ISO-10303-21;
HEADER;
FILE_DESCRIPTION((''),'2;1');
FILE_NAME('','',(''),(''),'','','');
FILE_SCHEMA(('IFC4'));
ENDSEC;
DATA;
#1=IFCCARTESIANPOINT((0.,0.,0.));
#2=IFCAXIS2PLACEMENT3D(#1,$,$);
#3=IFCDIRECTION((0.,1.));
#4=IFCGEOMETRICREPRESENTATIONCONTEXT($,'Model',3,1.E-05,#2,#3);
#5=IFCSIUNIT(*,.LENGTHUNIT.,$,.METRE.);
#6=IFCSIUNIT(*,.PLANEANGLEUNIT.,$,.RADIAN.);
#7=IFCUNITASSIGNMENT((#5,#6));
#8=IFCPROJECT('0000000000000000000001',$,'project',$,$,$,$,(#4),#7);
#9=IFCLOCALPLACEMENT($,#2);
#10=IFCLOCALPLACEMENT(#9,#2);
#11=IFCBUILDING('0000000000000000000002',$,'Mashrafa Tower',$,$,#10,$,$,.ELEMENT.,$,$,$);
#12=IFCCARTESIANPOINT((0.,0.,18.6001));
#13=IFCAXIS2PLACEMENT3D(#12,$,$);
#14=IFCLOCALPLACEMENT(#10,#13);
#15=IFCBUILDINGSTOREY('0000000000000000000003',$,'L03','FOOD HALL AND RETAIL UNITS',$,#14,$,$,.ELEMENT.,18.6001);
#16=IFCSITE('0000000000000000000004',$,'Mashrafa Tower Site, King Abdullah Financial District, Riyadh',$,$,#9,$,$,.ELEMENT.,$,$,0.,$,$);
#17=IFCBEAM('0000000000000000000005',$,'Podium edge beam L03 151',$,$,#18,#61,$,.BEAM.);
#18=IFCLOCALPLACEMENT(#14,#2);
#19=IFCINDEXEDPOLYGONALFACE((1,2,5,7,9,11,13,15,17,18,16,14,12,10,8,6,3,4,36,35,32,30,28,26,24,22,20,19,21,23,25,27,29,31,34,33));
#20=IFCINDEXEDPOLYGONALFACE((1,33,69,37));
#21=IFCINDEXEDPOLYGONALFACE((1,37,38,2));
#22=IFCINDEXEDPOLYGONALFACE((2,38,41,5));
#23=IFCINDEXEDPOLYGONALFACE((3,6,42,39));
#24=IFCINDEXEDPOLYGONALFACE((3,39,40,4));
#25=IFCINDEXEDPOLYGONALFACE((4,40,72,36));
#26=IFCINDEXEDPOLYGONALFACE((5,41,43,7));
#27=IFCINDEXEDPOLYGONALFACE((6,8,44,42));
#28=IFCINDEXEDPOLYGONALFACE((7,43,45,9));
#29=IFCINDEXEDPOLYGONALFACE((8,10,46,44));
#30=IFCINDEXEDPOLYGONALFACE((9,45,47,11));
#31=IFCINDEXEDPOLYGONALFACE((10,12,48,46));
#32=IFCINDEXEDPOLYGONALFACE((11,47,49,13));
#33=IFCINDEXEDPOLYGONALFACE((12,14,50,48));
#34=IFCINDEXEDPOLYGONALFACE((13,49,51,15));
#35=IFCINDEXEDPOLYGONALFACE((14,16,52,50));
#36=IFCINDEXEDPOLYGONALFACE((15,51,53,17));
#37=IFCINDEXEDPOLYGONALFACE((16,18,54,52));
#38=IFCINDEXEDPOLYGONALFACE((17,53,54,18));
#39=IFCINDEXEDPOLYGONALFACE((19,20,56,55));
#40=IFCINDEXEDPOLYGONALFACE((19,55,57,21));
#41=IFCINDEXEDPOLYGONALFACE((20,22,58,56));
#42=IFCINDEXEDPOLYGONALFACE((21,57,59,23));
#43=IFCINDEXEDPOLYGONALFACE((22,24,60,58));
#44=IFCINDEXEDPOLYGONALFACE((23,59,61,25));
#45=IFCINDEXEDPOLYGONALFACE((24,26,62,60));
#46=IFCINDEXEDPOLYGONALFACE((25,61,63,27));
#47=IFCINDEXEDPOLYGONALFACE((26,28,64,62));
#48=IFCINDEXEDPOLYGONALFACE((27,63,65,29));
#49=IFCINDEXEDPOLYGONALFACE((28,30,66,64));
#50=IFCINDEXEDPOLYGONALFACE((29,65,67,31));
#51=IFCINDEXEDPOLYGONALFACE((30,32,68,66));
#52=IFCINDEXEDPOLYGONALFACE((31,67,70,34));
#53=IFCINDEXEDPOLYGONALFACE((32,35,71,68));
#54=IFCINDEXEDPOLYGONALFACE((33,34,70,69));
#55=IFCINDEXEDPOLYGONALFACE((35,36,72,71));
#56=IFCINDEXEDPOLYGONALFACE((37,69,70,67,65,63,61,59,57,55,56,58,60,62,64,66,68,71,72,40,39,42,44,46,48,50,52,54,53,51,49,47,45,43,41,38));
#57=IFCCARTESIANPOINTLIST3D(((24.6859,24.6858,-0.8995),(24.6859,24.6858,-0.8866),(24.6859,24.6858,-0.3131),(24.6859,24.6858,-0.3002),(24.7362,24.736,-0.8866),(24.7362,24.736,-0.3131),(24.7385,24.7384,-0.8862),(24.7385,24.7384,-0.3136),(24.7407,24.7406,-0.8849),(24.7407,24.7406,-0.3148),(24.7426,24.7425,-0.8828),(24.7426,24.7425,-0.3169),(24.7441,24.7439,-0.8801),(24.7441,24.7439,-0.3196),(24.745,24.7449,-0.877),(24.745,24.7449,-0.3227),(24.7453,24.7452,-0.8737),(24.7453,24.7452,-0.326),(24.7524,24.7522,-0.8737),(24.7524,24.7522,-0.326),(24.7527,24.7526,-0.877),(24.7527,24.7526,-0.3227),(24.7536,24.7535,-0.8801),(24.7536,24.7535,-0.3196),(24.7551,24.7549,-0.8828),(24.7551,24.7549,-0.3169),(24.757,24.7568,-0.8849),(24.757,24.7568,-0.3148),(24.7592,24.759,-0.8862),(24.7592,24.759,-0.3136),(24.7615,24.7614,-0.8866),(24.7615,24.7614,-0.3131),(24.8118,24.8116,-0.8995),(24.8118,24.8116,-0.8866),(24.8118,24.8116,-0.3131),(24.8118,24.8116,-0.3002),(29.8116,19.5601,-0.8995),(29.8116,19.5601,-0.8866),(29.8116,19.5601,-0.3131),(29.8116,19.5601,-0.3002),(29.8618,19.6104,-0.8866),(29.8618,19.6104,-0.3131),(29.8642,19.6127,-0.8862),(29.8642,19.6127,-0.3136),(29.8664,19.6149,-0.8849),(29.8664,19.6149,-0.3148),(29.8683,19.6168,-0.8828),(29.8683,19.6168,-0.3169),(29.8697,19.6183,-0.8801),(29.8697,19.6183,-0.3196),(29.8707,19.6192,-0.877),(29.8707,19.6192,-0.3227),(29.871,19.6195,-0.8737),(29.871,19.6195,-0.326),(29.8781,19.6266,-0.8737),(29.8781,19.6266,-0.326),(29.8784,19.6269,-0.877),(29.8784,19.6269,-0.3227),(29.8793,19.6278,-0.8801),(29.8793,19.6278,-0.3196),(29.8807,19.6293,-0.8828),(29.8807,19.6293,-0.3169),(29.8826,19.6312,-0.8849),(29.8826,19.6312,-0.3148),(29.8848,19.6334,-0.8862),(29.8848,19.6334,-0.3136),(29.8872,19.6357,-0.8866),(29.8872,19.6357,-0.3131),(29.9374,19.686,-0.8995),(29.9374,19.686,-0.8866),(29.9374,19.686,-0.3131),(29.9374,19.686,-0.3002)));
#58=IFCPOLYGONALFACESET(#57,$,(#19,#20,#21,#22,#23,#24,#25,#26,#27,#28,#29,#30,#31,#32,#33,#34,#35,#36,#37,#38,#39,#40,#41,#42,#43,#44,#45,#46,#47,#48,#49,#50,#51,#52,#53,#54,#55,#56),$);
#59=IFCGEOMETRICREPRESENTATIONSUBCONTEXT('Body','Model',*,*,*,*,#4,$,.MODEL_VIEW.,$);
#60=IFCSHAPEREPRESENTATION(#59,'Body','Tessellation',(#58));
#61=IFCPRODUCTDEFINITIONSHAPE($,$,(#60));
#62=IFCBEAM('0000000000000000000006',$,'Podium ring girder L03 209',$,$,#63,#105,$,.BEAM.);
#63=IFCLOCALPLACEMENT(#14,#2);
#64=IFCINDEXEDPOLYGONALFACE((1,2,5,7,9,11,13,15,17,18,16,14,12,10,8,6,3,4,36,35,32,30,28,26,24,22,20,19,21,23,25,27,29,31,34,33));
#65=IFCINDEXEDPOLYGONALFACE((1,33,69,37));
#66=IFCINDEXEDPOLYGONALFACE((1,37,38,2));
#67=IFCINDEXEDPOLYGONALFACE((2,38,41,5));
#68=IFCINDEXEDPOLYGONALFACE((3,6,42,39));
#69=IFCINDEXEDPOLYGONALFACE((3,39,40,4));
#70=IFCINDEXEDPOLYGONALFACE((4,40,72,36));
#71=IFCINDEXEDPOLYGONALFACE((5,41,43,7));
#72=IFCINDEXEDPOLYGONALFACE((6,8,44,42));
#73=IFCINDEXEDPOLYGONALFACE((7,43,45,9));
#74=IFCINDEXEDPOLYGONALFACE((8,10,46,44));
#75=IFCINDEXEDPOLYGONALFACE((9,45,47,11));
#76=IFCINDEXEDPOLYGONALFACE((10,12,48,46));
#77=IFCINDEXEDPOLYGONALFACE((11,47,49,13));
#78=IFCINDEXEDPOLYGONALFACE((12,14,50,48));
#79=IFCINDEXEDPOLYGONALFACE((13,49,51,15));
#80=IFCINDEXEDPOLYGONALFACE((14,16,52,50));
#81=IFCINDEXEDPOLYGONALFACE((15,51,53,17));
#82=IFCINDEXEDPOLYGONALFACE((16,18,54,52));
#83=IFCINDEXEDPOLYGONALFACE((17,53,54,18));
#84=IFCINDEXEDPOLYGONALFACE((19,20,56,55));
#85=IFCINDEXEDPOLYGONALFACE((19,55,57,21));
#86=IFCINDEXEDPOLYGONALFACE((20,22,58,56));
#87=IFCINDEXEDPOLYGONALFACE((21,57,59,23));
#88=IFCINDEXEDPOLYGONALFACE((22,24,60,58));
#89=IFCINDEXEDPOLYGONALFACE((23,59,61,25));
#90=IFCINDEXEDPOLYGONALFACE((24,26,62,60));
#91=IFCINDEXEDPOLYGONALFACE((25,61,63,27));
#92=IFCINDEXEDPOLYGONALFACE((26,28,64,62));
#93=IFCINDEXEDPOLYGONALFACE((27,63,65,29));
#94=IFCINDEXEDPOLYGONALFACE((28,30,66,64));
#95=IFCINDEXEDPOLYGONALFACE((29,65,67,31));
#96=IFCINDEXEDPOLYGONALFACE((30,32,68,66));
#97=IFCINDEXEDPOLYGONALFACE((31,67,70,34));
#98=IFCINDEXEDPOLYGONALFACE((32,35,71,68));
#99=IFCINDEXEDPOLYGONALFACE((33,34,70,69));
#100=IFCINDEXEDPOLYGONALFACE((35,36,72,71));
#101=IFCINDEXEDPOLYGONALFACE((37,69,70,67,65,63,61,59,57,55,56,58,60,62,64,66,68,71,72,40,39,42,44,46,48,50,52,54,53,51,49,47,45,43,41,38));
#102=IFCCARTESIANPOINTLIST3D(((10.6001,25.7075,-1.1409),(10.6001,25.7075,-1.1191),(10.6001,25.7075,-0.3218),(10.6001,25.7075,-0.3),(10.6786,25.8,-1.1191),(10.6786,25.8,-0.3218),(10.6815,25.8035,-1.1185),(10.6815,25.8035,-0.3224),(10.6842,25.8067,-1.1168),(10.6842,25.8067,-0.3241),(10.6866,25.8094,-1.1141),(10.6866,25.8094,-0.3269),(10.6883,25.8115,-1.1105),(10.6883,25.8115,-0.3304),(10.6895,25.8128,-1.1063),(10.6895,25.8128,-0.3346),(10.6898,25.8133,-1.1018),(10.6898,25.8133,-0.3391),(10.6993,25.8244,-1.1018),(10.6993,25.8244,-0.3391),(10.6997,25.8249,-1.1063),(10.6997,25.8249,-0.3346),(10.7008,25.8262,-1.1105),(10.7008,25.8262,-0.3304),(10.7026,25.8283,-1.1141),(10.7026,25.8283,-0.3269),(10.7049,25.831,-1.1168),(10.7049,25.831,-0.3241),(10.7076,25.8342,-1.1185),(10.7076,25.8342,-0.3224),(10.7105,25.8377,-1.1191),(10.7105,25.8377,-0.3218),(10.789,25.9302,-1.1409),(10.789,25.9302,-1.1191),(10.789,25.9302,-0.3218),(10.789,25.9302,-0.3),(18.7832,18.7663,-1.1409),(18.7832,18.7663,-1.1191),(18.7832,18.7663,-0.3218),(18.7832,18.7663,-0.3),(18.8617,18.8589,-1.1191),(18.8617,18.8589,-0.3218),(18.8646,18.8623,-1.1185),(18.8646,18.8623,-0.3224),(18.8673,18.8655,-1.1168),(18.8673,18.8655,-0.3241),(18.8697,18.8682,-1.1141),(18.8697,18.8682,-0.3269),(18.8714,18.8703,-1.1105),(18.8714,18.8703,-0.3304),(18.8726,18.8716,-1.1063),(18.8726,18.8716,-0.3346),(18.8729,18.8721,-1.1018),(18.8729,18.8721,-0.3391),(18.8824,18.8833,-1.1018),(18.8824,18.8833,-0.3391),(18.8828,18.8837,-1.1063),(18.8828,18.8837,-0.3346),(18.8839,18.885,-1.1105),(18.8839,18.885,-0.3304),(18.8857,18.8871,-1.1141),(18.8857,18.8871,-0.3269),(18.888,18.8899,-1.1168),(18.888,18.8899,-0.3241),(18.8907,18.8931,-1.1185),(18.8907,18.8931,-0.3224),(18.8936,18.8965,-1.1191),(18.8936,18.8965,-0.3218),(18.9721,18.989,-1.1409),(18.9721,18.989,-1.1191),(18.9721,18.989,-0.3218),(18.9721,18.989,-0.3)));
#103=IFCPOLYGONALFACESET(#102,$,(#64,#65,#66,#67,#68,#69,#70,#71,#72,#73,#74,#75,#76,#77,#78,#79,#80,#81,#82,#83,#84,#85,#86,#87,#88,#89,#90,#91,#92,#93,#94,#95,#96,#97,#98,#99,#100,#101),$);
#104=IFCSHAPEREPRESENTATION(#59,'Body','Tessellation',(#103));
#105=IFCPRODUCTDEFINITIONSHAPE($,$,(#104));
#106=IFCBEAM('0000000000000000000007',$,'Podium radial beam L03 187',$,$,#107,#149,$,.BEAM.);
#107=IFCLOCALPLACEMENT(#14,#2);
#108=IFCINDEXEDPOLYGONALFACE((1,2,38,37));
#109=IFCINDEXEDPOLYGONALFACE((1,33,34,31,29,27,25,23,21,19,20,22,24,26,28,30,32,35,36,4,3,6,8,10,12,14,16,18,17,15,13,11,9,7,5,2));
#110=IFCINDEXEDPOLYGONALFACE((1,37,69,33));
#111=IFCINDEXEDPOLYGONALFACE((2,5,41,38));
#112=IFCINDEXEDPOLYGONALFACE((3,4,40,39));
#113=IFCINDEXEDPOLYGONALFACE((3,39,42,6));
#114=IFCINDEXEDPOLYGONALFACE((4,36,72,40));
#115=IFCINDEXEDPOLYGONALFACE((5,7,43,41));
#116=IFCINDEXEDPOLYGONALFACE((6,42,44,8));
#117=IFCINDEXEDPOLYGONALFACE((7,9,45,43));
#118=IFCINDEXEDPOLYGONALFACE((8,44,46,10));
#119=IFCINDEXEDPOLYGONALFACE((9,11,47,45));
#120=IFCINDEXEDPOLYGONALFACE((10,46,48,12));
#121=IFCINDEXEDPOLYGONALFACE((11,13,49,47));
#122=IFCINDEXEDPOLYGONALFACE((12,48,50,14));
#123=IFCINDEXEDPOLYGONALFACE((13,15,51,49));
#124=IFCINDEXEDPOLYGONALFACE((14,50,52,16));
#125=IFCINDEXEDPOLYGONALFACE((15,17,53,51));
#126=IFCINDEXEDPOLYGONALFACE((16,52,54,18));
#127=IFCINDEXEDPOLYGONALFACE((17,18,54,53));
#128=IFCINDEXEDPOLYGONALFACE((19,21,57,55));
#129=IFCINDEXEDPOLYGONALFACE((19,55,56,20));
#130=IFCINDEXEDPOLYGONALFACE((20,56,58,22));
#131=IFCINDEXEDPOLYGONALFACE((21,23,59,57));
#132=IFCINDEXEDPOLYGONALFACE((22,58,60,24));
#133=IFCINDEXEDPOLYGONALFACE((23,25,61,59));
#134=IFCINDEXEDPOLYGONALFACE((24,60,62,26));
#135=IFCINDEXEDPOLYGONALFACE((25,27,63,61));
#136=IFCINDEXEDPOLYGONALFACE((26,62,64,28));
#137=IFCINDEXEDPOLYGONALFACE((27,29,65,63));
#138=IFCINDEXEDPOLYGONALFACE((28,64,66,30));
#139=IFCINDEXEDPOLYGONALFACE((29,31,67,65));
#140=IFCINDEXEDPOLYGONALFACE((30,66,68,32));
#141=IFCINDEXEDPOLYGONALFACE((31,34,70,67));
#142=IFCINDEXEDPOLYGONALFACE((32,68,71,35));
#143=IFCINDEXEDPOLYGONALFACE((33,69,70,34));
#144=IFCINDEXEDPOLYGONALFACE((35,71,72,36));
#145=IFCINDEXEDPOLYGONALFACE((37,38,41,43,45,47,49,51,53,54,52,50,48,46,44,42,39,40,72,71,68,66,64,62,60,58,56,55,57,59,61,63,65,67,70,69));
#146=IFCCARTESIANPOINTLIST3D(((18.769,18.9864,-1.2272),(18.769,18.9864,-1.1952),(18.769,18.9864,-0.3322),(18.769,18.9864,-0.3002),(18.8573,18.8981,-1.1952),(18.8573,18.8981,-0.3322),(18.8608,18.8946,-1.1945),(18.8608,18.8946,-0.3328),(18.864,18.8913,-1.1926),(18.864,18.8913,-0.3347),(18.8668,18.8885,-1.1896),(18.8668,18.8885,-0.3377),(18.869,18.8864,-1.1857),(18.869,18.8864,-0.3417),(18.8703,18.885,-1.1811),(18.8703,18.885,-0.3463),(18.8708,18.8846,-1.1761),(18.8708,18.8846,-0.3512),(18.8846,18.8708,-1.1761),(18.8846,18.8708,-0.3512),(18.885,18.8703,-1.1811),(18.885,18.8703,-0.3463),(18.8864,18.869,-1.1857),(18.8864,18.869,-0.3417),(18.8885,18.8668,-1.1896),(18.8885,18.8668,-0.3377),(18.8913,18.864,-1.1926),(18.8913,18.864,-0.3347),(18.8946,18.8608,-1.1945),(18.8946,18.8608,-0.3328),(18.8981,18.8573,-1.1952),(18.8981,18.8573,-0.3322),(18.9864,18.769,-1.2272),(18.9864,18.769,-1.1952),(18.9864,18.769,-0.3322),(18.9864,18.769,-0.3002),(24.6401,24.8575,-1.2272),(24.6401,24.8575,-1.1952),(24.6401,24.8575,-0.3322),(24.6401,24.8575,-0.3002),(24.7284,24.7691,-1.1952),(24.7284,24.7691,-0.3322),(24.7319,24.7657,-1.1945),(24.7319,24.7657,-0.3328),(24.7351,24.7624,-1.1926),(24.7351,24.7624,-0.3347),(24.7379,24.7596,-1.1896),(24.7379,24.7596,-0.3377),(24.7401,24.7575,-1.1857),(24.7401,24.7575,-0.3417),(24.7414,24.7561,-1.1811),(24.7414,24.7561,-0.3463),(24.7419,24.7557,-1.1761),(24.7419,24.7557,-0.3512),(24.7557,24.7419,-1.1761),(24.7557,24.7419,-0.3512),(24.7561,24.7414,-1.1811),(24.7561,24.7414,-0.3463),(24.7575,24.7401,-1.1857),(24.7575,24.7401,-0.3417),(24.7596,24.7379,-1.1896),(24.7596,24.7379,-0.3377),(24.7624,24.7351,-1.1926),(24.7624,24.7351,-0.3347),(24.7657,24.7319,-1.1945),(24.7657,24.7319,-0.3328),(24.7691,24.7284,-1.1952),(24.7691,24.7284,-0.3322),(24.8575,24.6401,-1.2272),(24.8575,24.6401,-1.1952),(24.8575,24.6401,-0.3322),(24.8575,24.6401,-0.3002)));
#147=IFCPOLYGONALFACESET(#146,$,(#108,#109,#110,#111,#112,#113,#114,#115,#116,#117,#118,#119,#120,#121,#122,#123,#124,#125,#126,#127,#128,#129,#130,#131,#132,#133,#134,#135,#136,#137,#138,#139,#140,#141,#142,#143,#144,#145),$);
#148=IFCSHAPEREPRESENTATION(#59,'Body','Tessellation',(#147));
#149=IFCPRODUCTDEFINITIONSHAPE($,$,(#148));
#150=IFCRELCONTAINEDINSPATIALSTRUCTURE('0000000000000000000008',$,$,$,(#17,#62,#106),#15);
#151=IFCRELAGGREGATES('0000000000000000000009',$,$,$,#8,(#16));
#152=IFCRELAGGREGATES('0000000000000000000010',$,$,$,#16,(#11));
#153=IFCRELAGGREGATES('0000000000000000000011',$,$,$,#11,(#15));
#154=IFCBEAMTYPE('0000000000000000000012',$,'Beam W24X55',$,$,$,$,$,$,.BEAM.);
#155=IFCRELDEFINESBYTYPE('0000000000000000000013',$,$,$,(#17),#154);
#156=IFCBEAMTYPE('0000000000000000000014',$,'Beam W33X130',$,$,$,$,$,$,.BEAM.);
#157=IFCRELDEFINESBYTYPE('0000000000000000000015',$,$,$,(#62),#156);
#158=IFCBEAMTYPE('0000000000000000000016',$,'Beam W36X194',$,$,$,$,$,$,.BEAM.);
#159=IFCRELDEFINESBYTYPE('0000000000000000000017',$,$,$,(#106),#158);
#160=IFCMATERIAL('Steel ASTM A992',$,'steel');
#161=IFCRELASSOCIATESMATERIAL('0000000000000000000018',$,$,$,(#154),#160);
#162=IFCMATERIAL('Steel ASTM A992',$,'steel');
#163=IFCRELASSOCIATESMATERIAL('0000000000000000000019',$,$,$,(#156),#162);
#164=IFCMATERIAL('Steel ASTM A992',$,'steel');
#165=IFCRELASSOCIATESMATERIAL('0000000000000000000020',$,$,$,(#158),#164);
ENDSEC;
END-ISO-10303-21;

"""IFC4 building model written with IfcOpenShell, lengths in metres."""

from ifc_helpers import new_model, si_unit, direction, frame, origin, origin_2d, place, context, subcontext, project, spatial, i_section, extrude, material, material_profile, profile_set, type_object, element, save


model = new_model("IFC4")

# Units and contexts
model_context = context("Model", 3, precision=1e-05, world=origin(), true_north=direction((0.0, 1.0)))
body_context = subcontext(model_context, "Body", "Model", "MODEL_VIEW")
ifc_project = project(units=[si_unit("LENGTHUNIT", "METRE"), si_unit("PLANEANGLEUNIT", "RADIAN")], contexts=[model_context])

# Site, building, storey
site_placement = place(None, origin())
site = spatial("IfcSite", under=ifc_project, at=site_placement, Name="Mashrafa Tower Site, King Abdullah Financial District, Riyadh", CompositionType="ELEMENT", RefElevation=0.0)
building_placement = place(site_placement, origin())
building = spatial("IfcBuilding", under=site, at=building_placement, Name="Mashrafa Tower", CompositionType="ELEMENT")
storey_placement = place(building_placement, frame((0.0, 0.0, 18.6001)))
storey = spatial("IfcBuildingStorey", under=building, at=storey_placement, Name="L03", Description="FOOD HALL AND RETAIL UNITS", CompositionType="ELEMENT", Elevation=18.6001)

# Beams
ifc_material_1 = material(Name="Steel ASTM A992", Category="steel")
ifc_material_profile_1 = material_profile(ifc_material_1, i_section(OverallWidth=0.178, OverallDepth=0.5994, WebThickness=0.01, FlangeThickness=0.0129, FilletRadius=0.0129, at=origin_2d()), Name="W24X55")
ifc_profile_set_1 = profile_set([ifc_material_profile_1], Name="Steel ASTM A992")
beam_type_1 = type_object("IfcBeamType", Name="Beam W24X55", PredefinedType="BEAM", material=ifc_profile_set_1)
for number, where, z_axis, x_axis, name in (
    (1, (29.8745, 19.623, -0.5999), (-0.707107, 0.707107, 0.0), (-0.707107, -0.707107, 0.0), "Podium edge beam L03 151"),
):
    element("IfcBeam", number, at=place(storey_placement, frame(where, z_axis=z_axis, x_axis=x_axis)), inside=storey, type_object=beam_type_1, Name=name, PredefinedType="BEAM", context=body_context, shape_type="SweptSolid", body=[
        extrude(i_section(OverallWidth=0.178, OverallDepth=0.5994, WebThickness=0.01, FlangeThickness=0.0129, FilletRadius=0.0129, at=origin_2d()), origin(), (0.0, 0.0, 1.0), 7.2488),
    ])
ifc_material_2 = material(Name="Steel ASTM A992", Category="steel")
ifc_material_profile_2 = material_profile(ifc_material_2, i_section(OverallWidth=0.292, OverallDepth=0.8408, WebThickness=0.0146, FlangeThickness=0.0217, FilletRadius=0.0173, at=origin_2d()), Name="W33X130")
ifc_profile_set_2 = profile_set([ifc_material_profile_2], Name="Steel ASTM A992")
beam_type_2 = type_object("IfcBeamType", Name="Beam W33X130", PredefinedType="BEAM", material=ifc_profile_set_2)
beam_1_placement = place(storey_placement, frame((18.8777, 18.8777, -0.7205), z_axis=(-0.762605, 0.646865, 0.0), x_axis=(-0.646865, -0.762605, 0.0)))
element("IfcBeam", 2, at=beam_1_placement, inside=storey, type_object=beam_type_2, Name="Podium ring girder L03 209", PredefinedType="BEAM", context=body_context, shape_type="SweptSolid", body=[
    extrude(i_section(OverallWidth=0.292, OverallDepth=0.8408, WebThickness=0.0146, FlangeThickness=0.0217, FilletRadius=0.0173, at=origin_2d()), origin(), (0.0, 0.0, 1.0), 10.7305),
])
ifc_material_3 = material(Name="Steel ASTM A992", Category="steel")
ifc_material_profile_3 = material_profile(ifc_material_3, i_section(OverallWidth=0.3074, OverallDepth=0.927, WebThickness=0.0195, FlangeThickness=0.032, FilletRadius=0.019, at=origin_2d()), Name="W36X194")
ifc_profile_set_3 = profile_set([ifc_material_profile_3], Name="Steel ASTM A992")
beam_type_3 = type_object("IfcBeamType", Name="Beam W36X194", PredefinedType="BEAM", material=ifc_profile_set_3)
beam_2_placement = place(storey_placement, frame((18.8777, 18.8777, -0.7637), z_axis=(0.707107, 0.707107, 0.0), x_axis=(-0.707107, 0.707107, 0.0)))
element("IfcBeam", 3, at=beam_2_placement, inside=storey, type_object=beam_type_3, Name="Podium radial beam L03 187", PredefinedType="BEAM", context=body_context, shape_type="SweptSolid", body=[
    extrude(i_section(OverallWidth=0.3074, OverallDepth=0.927, WebThickness=0.0195, FlangeThickness=0.032, FilletRadius=0.019, at=origin_2d()), origin(), (0.0, 0.0, 1.0), 8.303),
])

save(model, "model.ifc")
